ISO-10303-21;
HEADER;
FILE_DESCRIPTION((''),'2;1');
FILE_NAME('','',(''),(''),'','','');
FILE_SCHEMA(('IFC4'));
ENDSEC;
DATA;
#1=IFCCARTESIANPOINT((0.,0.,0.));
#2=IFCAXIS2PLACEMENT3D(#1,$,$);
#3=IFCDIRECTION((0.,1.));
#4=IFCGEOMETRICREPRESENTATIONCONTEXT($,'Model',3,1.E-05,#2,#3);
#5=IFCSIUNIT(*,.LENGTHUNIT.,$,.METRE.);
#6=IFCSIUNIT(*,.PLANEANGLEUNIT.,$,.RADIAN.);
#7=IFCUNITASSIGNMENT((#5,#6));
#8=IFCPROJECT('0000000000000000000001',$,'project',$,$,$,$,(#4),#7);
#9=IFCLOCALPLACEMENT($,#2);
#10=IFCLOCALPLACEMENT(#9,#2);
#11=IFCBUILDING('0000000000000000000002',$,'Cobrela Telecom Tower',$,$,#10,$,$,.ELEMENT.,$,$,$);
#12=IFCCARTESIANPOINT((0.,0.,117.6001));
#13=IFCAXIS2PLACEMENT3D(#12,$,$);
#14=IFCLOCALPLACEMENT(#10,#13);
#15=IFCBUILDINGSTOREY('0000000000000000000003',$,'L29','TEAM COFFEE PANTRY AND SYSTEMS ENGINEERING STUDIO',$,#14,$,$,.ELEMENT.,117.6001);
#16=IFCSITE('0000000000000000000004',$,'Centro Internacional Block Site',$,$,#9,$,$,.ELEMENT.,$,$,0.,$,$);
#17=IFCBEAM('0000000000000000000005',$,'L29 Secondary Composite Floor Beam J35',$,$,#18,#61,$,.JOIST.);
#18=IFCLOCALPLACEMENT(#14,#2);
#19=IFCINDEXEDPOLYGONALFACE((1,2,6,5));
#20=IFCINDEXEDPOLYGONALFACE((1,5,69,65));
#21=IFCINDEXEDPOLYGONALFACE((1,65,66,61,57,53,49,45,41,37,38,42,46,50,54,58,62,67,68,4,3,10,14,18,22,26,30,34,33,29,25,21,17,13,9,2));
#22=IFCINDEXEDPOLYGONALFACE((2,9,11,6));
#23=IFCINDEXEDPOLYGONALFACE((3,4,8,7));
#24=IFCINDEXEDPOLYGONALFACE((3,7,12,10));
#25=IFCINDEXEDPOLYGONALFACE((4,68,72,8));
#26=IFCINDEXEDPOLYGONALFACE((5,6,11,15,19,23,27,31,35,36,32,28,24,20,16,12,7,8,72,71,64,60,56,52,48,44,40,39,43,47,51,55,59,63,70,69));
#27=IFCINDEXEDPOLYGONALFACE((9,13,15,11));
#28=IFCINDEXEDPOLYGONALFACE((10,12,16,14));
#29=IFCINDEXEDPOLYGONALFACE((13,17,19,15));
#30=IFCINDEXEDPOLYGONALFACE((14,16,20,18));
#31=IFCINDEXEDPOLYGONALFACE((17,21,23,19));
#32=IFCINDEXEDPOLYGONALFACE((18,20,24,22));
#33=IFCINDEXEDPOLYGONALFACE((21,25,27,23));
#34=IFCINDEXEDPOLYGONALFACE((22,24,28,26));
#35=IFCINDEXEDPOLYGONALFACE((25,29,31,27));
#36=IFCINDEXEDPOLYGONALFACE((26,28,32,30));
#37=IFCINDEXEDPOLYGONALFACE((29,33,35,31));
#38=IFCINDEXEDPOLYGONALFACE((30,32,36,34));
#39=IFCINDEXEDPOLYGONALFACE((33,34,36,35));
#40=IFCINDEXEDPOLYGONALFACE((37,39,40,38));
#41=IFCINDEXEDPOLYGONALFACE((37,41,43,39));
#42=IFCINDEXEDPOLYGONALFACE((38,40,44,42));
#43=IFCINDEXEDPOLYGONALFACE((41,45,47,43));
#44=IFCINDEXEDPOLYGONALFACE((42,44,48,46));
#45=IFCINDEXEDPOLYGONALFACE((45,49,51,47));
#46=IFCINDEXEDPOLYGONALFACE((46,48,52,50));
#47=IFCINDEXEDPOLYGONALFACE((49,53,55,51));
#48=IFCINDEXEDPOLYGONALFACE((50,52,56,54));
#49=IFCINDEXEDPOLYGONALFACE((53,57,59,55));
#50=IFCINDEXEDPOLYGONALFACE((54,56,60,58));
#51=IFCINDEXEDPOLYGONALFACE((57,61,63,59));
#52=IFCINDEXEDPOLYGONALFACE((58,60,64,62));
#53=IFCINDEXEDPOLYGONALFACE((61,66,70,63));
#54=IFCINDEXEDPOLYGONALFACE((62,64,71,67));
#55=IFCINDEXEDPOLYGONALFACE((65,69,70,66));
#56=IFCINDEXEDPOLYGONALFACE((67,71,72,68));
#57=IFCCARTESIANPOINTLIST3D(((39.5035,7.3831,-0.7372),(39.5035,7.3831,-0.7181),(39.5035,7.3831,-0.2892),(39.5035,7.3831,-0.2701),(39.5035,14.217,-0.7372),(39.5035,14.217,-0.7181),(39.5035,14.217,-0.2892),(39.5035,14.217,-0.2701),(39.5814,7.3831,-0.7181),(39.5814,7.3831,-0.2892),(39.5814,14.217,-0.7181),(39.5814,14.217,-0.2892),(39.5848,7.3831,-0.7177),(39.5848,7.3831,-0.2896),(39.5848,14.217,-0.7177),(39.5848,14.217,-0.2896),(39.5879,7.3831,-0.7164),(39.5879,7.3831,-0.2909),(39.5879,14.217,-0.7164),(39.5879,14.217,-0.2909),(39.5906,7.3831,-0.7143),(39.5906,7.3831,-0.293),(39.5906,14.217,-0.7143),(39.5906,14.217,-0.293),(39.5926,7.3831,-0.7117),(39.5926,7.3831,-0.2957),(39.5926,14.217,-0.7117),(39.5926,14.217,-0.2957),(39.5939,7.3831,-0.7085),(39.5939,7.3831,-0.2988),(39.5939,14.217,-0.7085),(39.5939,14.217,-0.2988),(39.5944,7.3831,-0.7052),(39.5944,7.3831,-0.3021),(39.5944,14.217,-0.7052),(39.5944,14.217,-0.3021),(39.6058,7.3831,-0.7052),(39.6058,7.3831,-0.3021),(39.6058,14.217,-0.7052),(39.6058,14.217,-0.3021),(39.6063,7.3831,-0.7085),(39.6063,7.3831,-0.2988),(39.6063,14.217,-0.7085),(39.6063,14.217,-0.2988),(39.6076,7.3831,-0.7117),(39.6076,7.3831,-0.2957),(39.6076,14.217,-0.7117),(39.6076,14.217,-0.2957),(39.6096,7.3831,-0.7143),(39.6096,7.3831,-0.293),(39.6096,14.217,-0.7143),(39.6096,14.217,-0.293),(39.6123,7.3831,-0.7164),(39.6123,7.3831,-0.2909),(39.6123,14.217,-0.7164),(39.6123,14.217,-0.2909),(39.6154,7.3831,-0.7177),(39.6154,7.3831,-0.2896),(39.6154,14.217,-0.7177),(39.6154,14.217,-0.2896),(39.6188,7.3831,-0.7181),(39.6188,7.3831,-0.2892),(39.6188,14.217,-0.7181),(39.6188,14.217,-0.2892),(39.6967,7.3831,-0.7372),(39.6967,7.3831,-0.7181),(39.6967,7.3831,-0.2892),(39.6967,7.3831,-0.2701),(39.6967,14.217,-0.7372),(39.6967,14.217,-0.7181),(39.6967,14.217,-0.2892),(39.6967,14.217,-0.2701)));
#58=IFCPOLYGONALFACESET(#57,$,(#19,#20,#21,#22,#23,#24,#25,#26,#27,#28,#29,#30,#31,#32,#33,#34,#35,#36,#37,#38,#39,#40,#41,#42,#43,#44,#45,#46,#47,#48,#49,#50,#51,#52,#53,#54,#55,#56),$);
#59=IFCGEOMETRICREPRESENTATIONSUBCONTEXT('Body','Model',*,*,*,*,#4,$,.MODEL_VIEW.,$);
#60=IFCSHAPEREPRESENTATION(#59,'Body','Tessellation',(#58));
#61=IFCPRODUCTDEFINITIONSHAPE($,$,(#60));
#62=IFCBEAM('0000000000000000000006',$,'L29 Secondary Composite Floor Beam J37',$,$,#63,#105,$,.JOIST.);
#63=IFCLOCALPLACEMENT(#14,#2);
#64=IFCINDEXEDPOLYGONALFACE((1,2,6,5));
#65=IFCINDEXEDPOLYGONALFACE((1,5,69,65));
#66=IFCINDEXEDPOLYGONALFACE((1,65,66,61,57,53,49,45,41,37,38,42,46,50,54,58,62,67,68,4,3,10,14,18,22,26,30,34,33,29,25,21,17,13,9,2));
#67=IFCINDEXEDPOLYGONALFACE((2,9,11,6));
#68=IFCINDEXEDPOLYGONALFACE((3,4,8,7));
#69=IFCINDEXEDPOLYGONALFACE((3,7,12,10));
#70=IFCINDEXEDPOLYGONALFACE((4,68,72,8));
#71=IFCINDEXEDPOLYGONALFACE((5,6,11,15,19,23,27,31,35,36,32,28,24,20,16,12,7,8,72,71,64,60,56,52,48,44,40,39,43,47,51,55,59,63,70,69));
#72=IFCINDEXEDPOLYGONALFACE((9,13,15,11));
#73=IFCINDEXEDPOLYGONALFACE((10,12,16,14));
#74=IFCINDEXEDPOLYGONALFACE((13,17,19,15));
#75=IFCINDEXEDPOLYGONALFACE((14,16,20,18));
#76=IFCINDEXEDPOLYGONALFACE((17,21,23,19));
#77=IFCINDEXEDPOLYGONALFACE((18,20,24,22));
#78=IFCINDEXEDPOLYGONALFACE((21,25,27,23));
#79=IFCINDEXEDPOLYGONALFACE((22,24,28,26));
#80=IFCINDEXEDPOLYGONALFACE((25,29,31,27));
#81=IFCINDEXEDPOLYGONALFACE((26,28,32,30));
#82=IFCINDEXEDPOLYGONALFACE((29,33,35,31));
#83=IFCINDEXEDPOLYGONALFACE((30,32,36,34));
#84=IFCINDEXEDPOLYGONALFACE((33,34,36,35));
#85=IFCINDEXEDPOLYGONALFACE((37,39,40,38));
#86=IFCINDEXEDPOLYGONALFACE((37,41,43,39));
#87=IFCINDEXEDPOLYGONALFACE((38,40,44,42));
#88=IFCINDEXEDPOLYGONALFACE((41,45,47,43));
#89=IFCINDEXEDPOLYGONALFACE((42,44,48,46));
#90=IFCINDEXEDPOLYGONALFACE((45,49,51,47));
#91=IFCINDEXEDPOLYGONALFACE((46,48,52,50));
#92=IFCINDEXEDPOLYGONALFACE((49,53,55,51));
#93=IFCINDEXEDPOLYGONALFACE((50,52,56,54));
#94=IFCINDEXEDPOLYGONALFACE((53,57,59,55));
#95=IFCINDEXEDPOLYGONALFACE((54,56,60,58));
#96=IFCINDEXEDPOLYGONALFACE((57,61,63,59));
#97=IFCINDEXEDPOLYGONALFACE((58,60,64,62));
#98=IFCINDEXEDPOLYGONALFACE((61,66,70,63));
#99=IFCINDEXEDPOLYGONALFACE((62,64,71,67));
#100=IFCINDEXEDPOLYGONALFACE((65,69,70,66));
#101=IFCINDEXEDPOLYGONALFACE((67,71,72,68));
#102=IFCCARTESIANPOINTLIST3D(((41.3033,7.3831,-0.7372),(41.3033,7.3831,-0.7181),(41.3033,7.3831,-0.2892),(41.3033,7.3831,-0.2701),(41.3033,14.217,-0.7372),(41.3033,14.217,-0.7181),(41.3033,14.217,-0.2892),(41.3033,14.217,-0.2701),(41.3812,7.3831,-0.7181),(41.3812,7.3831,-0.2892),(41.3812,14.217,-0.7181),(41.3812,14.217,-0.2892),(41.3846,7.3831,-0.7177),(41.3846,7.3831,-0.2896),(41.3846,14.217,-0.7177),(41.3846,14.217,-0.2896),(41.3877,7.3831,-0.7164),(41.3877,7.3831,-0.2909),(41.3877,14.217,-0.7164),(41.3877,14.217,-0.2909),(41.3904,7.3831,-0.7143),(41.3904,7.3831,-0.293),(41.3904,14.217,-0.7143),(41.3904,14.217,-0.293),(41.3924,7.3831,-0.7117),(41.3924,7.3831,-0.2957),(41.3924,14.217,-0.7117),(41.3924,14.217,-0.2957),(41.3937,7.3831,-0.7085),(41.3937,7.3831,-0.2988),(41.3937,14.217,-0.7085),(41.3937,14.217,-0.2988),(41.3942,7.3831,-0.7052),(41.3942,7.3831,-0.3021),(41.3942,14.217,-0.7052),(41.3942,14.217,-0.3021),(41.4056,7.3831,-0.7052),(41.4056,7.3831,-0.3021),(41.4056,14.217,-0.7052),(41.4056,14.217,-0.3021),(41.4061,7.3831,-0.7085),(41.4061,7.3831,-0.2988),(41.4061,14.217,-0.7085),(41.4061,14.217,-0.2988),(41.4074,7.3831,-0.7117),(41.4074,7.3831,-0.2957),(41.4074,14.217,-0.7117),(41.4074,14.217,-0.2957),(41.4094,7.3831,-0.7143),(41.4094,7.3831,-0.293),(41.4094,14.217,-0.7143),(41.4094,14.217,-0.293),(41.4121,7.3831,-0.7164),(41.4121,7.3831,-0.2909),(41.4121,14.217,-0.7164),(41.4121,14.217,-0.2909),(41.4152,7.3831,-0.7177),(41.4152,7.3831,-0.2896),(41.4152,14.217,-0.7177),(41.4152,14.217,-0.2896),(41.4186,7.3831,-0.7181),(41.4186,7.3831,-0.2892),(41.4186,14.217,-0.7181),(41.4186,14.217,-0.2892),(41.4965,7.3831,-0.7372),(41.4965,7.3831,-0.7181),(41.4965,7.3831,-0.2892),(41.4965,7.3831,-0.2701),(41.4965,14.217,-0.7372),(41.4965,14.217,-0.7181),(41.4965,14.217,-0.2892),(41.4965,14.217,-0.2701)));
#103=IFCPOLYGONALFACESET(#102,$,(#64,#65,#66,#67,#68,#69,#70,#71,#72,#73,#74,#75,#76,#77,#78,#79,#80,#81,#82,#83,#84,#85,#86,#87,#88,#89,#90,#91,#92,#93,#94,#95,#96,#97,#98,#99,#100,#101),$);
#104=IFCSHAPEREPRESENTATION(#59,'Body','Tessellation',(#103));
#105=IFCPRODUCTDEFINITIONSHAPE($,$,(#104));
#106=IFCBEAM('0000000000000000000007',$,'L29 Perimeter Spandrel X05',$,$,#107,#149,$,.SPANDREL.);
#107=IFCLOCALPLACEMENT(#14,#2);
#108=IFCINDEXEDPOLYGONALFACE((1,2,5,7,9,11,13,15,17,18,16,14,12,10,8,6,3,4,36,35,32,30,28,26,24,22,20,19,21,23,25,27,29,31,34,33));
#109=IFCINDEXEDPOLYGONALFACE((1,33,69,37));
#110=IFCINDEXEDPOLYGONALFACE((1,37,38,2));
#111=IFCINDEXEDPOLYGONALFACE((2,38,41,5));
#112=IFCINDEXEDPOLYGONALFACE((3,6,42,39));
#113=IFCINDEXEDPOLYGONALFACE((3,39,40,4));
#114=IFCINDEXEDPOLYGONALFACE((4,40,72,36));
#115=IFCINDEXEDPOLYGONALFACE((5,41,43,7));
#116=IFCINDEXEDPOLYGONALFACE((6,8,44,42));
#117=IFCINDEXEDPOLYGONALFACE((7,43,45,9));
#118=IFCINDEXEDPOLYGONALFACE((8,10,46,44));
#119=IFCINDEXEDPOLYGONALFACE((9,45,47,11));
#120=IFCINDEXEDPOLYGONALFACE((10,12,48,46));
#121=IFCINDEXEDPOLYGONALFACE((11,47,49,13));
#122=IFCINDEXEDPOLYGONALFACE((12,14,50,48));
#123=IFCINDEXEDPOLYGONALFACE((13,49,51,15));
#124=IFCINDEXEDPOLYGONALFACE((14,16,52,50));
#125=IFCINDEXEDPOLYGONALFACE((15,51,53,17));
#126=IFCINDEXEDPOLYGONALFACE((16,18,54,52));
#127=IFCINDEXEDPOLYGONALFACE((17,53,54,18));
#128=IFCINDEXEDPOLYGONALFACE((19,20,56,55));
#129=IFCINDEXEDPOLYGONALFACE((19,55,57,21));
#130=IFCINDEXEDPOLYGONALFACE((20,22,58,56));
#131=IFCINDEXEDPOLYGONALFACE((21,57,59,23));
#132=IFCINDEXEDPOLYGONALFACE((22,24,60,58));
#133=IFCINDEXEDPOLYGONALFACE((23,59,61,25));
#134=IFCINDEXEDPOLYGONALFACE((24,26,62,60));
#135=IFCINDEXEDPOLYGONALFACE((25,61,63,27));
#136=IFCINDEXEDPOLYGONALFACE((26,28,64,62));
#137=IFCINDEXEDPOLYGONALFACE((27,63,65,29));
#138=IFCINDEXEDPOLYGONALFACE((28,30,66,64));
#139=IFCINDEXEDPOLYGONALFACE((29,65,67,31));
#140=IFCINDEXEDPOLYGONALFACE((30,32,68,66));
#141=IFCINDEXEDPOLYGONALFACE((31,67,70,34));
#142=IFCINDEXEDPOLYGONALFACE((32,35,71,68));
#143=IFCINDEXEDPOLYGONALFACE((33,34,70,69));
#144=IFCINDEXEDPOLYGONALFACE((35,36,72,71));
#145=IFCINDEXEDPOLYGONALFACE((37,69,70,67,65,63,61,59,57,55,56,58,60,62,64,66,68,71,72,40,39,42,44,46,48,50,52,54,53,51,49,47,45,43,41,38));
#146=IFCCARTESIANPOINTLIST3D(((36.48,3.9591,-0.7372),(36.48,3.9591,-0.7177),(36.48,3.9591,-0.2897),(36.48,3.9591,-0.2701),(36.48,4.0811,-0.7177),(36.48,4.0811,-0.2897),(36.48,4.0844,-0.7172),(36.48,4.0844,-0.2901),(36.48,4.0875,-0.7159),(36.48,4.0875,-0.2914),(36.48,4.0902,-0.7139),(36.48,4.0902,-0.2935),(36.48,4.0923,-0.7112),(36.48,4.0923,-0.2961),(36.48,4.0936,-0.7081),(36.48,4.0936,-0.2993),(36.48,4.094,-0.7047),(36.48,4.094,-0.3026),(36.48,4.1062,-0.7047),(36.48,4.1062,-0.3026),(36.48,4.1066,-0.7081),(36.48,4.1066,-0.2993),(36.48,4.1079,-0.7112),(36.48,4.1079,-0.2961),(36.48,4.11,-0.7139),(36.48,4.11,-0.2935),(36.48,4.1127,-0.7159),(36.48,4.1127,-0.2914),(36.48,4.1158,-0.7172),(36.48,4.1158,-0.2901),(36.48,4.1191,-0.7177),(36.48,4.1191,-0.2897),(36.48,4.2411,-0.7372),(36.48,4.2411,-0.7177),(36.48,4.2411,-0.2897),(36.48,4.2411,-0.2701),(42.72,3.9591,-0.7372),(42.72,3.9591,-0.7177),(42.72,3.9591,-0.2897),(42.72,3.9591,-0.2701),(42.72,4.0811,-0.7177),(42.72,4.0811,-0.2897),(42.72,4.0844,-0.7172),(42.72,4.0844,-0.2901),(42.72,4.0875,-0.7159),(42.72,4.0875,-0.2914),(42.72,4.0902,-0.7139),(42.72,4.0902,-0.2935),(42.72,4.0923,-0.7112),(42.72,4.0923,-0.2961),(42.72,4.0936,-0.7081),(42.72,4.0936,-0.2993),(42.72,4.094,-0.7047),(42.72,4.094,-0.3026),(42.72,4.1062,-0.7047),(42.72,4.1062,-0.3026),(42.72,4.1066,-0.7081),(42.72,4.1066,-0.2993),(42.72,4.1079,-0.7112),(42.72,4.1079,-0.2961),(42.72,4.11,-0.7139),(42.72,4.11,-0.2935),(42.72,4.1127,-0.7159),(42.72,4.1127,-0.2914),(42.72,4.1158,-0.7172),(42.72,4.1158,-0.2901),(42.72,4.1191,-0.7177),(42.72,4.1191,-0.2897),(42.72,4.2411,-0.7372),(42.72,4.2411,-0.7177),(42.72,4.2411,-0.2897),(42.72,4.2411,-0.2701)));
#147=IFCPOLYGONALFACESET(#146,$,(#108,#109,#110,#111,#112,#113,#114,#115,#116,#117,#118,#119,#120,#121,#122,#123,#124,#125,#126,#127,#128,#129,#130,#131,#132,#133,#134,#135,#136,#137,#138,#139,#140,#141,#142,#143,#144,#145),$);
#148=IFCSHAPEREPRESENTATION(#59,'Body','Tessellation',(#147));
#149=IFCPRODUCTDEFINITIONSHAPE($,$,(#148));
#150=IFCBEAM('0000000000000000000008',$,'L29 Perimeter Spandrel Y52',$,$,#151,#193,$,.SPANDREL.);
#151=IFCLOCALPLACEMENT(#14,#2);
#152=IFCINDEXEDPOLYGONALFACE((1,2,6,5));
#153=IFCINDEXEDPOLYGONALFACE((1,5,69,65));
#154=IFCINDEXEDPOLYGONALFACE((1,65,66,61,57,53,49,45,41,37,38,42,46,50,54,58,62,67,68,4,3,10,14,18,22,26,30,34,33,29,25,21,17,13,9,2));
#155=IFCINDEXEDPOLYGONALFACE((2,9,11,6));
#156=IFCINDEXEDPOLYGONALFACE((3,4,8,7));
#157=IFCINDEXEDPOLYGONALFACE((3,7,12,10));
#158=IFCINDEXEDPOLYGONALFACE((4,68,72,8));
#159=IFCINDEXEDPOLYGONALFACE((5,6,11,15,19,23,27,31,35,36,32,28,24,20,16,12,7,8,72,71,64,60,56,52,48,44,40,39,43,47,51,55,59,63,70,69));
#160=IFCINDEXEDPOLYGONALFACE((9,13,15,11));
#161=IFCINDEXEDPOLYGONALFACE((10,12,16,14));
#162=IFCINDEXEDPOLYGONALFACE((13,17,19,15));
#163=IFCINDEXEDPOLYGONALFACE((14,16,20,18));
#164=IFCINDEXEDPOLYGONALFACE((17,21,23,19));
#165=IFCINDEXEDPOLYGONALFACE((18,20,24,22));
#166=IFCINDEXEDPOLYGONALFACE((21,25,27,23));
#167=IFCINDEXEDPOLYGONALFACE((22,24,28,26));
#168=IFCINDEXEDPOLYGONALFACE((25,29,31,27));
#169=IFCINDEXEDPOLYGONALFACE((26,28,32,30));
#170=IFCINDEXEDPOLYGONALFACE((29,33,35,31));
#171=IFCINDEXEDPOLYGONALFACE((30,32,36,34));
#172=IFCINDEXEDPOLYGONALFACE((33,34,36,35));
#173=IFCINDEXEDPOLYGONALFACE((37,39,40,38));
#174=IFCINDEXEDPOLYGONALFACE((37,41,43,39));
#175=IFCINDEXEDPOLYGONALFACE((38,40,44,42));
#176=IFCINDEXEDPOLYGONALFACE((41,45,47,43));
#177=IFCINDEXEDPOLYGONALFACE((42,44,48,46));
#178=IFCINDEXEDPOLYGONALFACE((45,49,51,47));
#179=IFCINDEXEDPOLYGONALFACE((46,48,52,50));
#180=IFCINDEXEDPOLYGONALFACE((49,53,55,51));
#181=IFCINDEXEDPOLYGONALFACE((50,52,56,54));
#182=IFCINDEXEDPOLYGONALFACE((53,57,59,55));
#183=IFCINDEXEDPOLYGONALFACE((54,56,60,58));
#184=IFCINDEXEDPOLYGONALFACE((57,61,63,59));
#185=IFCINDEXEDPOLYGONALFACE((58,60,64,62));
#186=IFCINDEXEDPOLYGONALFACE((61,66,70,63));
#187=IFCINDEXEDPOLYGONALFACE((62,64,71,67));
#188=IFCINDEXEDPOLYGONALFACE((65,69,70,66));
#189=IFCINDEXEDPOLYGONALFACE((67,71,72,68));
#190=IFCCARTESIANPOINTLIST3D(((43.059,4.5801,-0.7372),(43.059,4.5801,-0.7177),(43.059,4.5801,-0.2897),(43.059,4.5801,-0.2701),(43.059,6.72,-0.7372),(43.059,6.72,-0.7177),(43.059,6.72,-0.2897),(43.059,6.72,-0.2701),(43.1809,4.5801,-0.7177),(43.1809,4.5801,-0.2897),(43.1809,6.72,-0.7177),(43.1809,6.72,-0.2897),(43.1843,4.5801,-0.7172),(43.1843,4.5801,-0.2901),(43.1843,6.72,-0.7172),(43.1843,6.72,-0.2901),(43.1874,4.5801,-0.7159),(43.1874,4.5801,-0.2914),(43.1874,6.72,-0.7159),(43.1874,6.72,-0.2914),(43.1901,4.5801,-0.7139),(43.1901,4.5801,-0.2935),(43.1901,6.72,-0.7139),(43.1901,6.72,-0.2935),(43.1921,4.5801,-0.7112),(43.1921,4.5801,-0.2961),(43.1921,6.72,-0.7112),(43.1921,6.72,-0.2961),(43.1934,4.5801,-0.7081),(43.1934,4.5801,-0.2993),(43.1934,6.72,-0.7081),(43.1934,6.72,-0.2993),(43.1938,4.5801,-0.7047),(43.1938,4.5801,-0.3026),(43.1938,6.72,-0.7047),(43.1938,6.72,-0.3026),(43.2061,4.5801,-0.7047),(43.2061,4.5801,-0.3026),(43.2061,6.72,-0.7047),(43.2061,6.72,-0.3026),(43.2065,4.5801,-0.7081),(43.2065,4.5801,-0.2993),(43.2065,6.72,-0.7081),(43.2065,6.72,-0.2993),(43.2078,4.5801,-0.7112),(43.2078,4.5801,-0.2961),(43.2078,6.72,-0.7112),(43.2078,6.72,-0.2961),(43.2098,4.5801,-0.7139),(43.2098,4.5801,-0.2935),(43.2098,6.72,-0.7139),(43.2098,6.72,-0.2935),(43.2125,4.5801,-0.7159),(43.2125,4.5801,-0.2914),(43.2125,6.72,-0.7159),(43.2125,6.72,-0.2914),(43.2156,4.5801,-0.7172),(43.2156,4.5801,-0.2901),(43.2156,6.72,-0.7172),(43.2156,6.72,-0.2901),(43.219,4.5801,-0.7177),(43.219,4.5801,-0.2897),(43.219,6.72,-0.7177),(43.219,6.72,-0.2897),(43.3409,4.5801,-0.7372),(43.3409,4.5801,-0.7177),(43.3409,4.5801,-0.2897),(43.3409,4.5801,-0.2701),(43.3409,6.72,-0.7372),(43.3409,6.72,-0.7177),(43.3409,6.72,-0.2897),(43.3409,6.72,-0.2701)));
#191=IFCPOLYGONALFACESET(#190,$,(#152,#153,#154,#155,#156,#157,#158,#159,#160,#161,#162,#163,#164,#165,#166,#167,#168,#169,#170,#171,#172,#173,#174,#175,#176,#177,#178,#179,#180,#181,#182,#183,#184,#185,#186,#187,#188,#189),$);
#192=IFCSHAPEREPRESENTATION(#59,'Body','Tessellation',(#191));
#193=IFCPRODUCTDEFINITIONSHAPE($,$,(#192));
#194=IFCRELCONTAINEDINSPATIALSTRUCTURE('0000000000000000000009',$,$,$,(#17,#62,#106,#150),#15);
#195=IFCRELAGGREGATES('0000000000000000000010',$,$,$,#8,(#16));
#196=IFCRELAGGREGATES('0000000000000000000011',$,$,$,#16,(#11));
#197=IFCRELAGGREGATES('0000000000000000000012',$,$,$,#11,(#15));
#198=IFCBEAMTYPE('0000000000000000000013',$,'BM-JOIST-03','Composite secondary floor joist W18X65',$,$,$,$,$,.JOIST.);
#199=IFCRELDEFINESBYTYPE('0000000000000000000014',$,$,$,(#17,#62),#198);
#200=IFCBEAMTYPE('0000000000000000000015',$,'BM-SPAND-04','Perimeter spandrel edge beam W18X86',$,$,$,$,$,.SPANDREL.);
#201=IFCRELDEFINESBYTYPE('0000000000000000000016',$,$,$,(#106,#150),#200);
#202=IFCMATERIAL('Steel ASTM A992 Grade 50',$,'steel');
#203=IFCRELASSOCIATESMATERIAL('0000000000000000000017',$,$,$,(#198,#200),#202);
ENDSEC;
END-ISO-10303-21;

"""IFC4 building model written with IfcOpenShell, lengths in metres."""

from ifc_helpers import new_model, si_unit, direction, frame, origin, origin_2d, place, context, subcontext, project, spatial, i_section, extrude, material, material_profile, profile_set, type_object, element, save


model = new_model("IFC4")

# Units and contexts
model_context = context("Model", 3, precision=1e-05, world=origin(), true_north=direction((0.0, 1.0)))
body_context = subcontext(model_context, "Body", "Model", "MODEL_VIEW")
ifc_project = project(units=[si_unit("LENGTHUNIT", "METRE"), si_unit("PLANEANGLEUNIT", "RADIAN")], contexts=[model_context])

# Site, building, storey
site_placement = place(None, origin())
site = spatial("IfcSite", under=ifc_project, at=site_placement, Name="Centro Internacional Block Site", CompositionType="ELEMENT", RefElevation=0.0)
building_placement = place(site_placement, origin())
building = spatial("IfcBuilding", under=site, at=building_placement, Name="Cobrela Telecom Tower", CompositionType="ELEMENT")
storey_placement = place(building_placement, frame((0.0, 0.0, 117.6001)))
storey = spatial("IfcBuildingStorey", under=building, at=storey_placement, Name="L29", Description="TEAM COFFEE PANTRY AND SYSTEMS ENGINEERING STUDIO", CompositionType="ELEMENT", Elevation=117.6001)

# Shared definitions
ifc_material_1 = material(Name="Steel ASTM A992 Grade 50", Category="steel")

# Beams
ifc_material_profile_1 = material_profile(ifc_material_1, i_section(OverallWidth=0.1931, OverallDepth=0.467, WebThickness=0.0115, FlangeThickness=0.019, FilletRadius=0.0129, at=origin_2d()), Name="W18X65")
ifc_profile_set_1 = profile_set([ifc_material_profile_1], Name="Steel ASTM A992 Grade 50")
beam_type_1 = type_object("IfcBeamType", Name="BM-JOIST-03", Description="Composite secondary floor joist W18X65", PredefinedType="JOIST", material=ifc_profile_set_1)
for number, where, z_axis, x_axis, name in (
    (1, (39.6001, 7.3831, -0.5037), (0.0, 1.0, 0.0), (-1.0, 0.0, 0.0), "L29 Secondary Composite Floor Beam J35"),
    (2, (41.3999, 7.3831, -0.5037), (0.0, 1.0, 0.0), (-1.0, 0.0, 0.0), "L29 Secondary Composite Floor Beam J37"),
):
    element("IfcBeam", number, at=place(storey_placement, frame(where, z_axis=z_axis, x_axis=x_axis)), inside=storey, type_object=beam_type_1, Name=name, PredefinedType="JOIST", context=body_context, shape_type="SweptSolid", body=[
        extrude(i_section(OverallWidth=0.1931, OverallDepth=0.467, WebThickness=0.0115, FlangeThickness=0.019, FilletRadius=0.0129, at=origin_2d()), origin(), (0.0, 0.0, 1.0), 6.834),
    ])
ifc_material_profile_2 = material_profile(ifc_material_1, i_section(OverallWidth=0.282, OverallDepth=0.467, WebThickness=0.0122, FlangeThickness=0.0195, FilletRadius=0.0129, at=origin_2d()), Name="W18X86")
ifc_profile_set_2 = profile_set([ifc_material_profile_2], Name="Steel ASTM A992 Grade 50")
beam_type_2 = type_object("IfcBeamType", Name="BM-SPAND-04", Description="Perimeter spandrel edge beam W18X86", PredefinedType="SPANDREL", material=ifc_profile_set_2)
beam_1_placement = place(storey_placement, frame((36.48, 4.1001, -0.5037), z_axis=(1.0, 0.0, 0.0), x_axis=(0.0, 1.0, 0.0)))
element("IfcBeam", 3, at=beam_1_placement, inside=storey, type_object=beam_type_2, Name="L29 Perimeter Spandrel X05", PredefinedType="SPANDREL", context=body_context, shape_type="SweptSolid", body=[
    extrude(i_section(OverallWidth=0.282, OverallDepth=0.467, WebThickness=0.0122, FlangeThickness=0.0195, FilletRadius=0.0129, at=origin_2d()), origin(), (0.0, 0.0, 1.0), 6.24),
])
beam_2_placement = place(storey_placement, frame((43.2, 4.5801, -0.5037), z_axis=(0.0, 1.0, 0.0), x_axis=(-1.0, 0.0, 0.0)))
element("IfcBeam", 4, at=beam_2_placement, inside=storey, type_object=beam_type_2, Name="L29 Perimeter Spandrel Y52", PredefinedType="SPANDREL", context=body_context, shape_type="SweptSolid", body=[
    extrude(i_section(OverallWidth=0.282, OverallDepth=0.467, WebThickness=0.0122, FlangeThickness=0.0195, FilletRadius=0.0129, at=origin_2d()), origin(), (0.0, 0.0, 1.0), 2.1399),
])

save(model, "model.ifc")
